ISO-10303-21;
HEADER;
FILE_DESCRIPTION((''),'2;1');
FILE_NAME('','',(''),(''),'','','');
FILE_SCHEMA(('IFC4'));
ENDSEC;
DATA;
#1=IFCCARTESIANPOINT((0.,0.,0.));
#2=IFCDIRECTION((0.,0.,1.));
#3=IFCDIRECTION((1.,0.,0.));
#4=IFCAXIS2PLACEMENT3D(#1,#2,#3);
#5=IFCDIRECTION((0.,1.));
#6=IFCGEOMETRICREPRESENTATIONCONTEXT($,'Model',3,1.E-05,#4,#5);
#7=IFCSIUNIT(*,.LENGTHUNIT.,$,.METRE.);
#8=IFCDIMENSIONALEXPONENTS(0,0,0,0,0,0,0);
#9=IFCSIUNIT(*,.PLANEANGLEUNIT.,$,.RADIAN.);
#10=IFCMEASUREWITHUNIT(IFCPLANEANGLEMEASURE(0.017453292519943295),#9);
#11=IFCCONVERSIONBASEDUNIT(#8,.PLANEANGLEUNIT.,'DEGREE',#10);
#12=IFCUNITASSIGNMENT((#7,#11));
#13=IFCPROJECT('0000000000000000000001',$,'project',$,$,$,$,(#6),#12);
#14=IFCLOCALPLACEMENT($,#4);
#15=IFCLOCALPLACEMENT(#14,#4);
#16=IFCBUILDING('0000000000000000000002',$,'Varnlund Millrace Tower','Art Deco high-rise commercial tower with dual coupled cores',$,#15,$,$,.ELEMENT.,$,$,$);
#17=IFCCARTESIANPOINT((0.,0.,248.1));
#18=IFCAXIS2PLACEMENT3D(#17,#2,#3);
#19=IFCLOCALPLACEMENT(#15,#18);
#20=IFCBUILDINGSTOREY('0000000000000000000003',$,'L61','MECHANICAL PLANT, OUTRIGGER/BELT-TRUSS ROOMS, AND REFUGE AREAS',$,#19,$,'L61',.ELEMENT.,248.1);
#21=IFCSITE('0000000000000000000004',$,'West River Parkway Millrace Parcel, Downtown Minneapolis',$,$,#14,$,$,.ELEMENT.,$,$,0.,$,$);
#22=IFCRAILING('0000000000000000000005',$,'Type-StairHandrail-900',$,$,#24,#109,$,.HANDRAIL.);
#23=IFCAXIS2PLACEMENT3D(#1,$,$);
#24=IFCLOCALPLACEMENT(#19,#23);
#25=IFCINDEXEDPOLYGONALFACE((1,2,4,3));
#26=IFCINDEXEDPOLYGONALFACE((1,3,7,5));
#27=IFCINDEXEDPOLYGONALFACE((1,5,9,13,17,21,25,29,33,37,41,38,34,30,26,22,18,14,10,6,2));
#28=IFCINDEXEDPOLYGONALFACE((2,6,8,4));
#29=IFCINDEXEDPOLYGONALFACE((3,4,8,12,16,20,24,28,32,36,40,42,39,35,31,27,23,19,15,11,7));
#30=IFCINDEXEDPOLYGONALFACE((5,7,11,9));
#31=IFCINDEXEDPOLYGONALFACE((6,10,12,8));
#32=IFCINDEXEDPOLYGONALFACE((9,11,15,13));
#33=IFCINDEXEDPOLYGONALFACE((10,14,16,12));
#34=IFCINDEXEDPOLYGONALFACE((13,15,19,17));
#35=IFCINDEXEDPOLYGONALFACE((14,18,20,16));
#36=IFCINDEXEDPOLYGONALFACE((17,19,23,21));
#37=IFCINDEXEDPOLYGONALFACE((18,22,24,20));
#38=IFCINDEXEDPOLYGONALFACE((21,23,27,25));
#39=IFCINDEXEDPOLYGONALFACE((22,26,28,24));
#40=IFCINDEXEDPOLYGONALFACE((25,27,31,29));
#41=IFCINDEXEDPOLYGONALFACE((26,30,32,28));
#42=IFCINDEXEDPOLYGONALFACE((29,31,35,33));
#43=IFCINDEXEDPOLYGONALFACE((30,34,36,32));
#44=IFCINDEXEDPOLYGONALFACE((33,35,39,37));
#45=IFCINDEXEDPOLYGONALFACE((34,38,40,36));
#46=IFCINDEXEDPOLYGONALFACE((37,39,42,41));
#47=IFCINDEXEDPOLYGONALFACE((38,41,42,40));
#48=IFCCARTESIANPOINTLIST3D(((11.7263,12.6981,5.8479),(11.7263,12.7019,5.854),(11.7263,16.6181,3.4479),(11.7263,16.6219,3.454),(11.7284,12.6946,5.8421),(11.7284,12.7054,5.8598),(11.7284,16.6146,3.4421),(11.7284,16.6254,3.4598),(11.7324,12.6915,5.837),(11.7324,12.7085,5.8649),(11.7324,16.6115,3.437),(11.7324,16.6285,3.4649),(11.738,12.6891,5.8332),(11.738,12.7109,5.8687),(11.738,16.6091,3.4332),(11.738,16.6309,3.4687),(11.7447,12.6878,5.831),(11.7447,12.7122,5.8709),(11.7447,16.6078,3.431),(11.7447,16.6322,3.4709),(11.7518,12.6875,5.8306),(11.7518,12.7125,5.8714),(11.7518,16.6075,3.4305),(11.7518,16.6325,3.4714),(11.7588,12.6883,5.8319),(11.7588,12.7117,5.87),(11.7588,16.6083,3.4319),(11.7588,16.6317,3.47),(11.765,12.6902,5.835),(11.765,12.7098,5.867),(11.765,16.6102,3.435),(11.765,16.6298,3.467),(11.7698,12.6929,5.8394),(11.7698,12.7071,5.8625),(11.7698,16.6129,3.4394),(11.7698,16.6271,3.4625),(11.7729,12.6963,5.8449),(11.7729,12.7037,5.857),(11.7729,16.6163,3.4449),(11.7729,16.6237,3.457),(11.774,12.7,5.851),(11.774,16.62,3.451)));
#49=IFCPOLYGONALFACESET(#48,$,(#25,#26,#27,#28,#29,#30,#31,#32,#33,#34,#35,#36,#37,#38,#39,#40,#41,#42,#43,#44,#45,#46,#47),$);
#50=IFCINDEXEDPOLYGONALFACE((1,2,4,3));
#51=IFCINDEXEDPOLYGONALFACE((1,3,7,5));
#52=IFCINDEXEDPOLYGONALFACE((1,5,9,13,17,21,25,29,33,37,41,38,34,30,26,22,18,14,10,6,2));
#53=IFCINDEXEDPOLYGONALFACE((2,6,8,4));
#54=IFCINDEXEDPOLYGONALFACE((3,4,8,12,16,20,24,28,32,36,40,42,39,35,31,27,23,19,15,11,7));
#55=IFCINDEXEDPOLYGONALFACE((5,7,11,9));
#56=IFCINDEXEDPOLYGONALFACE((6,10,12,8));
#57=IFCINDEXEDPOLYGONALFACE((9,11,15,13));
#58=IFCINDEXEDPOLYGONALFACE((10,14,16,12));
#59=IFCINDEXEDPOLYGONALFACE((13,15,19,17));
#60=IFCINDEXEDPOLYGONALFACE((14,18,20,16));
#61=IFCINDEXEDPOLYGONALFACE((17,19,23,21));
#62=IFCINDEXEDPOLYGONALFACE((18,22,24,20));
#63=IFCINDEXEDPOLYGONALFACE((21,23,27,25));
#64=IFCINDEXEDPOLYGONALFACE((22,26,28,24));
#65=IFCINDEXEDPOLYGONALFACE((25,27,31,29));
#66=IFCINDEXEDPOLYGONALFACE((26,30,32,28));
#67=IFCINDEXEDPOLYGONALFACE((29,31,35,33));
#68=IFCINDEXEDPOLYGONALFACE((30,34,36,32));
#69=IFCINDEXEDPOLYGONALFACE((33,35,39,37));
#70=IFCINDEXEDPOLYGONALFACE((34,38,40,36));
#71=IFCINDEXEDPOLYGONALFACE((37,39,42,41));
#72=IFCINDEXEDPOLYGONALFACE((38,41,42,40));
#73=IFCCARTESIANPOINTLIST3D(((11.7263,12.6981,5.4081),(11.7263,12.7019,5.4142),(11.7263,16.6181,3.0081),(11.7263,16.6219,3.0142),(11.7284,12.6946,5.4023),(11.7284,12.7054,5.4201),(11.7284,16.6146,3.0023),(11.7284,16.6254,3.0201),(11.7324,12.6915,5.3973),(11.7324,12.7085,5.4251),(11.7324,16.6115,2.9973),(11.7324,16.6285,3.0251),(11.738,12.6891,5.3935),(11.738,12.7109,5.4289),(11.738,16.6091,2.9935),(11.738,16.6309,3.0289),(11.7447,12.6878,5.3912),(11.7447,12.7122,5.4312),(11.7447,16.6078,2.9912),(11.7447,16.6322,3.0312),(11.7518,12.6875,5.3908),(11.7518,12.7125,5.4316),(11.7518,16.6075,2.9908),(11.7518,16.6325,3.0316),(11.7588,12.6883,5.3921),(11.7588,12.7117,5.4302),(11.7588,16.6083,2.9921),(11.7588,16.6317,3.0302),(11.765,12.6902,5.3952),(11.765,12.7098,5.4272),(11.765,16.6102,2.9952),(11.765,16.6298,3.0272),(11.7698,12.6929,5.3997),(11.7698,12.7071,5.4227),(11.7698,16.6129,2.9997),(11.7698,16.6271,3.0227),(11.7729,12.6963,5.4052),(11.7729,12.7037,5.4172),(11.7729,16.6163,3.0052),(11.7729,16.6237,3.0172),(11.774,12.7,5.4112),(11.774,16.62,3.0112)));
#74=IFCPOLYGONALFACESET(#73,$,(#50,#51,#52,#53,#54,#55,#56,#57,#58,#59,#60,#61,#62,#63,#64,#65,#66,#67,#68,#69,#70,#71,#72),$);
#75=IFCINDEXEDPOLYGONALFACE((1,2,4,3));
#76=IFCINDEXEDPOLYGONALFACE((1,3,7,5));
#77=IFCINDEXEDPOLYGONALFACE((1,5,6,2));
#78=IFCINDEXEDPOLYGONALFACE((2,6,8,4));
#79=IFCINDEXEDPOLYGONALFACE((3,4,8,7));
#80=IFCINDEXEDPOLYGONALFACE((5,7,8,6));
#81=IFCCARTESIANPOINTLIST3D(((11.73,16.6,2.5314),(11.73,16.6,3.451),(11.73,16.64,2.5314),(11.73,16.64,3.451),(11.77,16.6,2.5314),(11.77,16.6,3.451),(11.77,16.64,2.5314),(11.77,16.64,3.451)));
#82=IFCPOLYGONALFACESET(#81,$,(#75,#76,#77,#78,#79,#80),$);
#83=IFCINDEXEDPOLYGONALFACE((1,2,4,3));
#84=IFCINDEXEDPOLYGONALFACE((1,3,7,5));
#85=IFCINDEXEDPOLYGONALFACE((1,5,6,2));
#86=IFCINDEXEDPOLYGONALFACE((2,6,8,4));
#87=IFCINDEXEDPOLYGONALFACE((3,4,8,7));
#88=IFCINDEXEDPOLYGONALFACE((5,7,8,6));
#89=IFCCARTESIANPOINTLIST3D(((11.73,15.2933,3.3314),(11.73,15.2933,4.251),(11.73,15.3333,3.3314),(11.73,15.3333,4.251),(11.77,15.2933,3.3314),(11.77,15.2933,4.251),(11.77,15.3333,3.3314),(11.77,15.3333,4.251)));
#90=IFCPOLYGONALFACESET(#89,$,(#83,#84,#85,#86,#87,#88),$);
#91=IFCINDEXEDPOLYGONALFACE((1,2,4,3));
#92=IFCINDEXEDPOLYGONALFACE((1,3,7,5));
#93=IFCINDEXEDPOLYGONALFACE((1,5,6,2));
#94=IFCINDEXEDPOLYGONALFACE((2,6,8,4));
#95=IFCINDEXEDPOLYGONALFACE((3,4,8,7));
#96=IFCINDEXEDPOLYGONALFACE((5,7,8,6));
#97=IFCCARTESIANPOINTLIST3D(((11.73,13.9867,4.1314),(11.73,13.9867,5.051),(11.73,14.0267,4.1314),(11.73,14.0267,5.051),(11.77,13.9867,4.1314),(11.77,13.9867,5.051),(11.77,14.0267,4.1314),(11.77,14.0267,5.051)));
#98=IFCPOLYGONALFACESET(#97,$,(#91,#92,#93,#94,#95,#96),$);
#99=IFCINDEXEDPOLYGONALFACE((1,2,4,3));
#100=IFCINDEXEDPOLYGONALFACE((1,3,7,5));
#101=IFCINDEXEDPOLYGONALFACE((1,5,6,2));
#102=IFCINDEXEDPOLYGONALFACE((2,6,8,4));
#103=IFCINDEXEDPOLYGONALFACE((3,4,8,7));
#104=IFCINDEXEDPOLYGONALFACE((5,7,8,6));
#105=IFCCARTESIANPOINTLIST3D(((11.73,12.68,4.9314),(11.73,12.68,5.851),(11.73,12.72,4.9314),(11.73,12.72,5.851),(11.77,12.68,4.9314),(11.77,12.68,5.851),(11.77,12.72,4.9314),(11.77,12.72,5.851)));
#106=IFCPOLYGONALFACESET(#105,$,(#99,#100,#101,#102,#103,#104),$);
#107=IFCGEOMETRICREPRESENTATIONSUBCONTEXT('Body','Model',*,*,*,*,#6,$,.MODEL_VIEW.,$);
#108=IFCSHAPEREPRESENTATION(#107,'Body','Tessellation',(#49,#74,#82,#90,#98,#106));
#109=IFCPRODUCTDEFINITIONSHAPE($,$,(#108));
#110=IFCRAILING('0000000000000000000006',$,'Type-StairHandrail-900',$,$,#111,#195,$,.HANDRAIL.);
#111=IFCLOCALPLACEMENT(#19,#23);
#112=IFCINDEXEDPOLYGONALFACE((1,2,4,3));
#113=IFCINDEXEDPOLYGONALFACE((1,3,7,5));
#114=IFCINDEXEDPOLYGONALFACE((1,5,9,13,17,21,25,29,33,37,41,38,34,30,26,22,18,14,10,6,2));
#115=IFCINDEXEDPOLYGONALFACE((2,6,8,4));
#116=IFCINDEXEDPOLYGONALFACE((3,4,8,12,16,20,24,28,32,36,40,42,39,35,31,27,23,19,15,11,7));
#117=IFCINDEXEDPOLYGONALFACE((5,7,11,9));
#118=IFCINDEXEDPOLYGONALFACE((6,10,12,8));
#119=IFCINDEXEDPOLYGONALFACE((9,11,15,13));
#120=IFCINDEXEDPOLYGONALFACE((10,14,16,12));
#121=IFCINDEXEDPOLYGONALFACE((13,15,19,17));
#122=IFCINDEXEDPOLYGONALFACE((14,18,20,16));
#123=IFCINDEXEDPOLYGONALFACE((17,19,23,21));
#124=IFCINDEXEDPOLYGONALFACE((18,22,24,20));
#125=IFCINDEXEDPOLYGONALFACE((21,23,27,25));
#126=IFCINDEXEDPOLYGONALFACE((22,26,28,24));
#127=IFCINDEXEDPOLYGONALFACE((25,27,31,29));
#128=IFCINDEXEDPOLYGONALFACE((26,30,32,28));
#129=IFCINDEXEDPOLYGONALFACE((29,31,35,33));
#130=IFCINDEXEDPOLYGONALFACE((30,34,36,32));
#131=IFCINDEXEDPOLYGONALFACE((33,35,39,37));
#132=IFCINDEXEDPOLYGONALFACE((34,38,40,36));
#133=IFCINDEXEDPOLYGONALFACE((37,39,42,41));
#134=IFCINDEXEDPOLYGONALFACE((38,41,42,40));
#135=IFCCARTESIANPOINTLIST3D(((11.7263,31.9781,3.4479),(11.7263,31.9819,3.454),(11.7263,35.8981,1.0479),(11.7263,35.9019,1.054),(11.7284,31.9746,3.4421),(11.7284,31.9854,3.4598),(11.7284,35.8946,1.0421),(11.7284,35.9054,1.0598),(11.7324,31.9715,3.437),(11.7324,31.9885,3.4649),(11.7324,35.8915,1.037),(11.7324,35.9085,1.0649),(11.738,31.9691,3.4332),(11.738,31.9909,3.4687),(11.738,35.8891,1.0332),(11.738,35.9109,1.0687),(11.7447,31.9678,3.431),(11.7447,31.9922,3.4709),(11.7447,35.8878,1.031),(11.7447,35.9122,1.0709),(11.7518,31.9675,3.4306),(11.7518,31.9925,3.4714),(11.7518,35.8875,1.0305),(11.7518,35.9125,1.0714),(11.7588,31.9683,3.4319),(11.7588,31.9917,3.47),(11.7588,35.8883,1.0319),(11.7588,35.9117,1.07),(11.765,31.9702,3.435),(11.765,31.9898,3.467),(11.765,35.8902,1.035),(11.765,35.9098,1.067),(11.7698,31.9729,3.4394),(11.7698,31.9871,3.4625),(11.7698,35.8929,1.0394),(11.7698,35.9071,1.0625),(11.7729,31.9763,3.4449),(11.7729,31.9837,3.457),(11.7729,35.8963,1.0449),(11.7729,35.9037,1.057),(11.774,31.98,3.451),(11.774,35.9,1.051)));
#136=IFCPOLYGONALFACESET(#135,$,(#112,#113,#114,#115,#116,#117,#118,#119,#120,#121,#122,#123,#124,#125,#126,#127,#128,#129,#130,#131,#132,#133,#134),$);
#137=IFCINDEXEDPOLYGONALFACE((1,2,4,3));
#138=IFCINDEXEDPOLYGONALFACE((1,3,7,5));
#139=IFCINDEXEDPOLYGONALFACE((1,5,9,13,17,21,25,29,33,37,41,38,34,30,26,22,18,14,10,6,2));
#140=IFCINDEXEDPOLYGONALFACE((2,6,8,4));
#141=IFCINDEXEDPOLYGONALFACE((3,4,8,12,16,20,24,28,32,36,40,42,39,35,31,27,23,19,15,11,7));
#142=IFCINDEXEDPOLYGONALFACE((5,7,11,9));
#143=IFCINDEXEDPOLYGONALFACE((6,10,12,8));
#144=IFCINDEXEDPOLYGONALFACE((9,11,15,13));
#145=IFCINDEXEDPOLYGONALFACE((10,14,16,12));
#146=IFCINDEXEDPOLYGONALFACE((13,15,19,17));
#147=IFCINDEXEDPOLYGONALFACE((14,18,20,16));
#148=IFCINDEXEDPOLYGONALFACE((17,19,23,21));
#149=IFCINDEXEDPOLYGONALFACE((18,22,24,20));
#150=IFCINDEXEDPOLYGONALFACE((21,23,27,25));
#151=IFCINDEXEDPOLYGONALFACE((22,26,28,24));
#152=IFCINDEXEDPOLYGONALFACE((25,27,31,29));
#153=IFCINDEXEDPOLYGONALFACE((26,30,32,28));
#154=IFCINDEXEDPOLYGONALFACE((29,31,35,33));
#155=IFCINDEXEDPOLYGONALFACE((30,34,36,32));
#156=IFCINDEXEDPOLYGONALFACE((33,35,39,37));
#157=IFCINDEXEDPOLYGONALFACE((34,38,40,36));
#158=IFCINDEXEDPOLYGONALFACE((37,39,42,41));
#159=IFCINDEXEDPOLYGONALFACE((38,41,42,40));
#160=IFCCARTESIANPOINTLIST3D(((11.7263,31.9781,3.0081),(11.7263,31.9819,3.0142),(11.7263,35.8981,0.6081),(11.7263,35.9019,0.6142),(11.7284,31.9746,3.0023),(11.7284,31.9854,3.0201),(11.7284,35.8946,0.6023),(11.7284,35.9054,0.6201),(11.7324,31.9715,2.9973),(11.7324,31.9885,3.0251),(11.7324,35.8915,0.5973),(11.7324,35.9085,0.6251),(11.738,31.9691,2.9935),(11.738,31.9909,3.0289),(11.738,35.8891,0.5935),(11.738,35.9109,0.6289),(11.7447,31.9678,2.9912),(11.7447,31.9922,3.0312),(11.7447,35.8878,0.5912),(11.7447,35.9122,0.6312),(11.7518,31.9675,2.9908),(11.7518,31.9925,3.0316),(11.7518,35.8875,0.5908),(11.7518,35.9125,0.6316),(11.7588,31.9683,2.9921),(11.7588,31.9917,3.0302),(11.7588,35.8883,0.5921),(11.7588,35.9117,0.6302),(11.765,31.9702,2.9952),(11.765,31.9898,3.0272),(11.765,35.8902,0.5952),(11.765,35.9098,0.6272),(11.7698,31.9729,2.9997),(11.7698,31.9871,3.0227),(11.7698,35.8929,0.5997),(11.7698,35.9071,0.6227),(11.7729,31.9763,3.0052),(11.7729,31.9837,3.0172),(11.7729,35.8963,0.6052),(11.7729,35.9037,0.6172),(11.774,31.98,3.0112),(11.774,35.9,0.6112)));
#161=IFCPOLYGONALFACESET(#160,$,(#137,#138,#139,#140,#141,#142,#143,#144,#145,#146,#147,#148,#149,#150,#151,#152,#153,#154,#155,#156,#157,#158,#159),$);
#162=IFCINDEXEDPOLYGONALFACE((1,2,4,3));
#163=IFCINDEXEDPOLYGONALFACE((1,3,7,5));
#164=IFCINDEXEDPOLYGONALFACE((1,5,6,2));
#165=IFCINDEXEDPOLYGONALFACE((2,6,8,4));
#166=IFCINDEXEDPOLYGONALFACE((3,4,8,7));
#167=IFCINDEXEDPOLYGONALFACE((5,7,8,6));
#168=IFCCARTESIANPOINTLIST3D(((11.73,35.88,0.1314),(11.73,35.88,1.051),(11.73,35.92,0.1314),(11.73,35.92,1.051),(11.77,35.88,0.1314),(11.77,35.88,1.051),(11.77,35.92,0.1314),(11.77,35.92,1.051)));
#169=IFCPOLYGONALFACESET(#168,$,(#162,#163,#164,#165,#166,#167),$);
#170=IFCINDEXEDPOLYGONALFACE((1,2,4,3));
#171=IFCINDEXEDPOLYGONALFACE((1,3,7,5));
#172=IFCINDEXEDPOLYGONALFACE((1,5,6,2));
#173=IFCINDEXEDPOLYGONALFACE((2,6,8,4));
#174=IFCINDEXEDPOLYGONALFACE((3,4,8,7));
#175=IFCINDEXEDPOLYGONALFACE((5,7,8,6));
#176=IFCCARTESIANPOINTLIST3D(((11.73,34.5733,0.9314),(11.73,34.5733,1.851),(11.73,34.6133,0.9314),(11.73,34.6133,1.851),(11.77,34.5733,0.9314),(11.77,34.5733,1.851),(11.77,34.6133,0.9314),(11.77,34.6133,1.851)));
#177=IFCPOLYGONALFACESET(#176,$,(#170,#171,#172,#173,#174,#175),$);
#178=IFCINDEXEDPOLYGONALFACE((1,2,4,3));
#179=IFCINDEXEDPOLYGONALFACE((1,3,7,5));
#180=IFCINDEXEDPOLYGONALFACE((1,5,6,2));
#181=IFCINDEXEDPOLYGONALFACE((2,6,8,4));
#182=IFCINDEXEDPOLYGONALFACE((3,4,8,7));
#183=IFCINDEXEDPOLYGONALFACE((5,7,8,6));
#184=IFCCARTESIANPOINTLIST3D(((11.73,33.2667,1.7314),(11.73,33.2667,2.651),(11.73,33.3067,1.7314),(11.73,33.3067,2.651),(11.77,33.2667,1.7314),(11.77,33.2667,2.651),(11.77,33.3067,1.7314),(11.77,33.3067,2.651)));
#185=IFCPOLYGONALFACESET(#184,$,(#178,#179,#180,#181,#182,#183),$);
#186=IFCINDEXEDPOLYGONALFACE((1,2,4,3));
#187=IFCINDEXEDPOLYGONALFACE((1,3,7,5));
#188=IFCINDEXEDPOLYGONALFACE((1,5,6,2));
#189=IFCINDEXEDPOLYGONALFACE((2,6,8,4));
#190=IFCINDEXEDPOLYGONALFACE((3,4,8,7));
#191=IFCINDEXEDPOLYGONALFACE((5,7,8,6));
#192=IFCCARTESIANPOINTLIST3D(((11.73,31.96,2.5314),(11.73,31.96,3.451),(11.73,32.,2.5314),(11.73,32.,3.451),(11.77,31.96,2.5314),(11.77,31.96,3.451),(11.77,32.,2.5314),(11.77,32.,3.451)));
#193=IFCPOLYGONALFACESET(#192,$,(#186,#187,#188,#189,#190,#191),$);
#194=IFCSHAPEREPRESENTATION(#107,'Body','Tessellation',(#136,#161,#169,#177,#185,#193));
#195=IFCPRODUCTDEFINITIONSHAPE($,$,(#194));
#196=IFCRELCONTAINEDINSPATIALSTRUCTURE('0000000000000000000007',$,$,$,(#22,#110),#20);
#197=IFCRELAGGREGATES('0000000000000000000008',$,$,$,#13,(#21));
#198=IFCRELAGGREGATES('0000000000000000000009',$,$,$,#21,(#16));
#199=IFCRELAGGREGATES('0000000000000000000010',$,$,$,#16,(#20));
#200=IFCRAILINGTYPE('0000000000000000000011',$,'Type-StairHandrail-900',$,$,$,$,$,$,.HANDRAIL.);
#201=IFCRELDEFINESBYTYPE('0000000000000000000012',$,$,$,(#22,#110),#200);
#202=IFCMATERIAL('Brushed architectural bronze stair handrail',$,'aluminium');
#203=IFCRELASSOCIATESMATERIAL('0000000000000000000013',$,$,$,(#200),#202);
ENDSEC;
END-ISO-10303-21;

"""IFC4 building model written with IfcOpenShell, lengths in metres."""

from ifc_helpers import new_model, entity, si_unit, converted_unit, direction, frame, origin_with_axes, origin_2d_with_axis, place, context, subcontext, project, spatial, rectangle, circle, extrude, material, type_object, element, save


model = new_model("IFC4")

# Units and contexts
model_context = context("Model", 3, precision=1e-05, world=origin_with_axes(), true_north=direction((0.0, 1.0)))
body_context = subcontext(model_context, "Body", "Model", "MODEL_VIEW")
ifc_project = project(units=[si_unit("LENGTHUNIT", "METRE"), converted_unit("PLANEANGLEUNIT", "DEGREE", entity("IfcPlaneAngleMeasure", 0.017453292519943295), si_unit("PLANEANGLEUNIT", "RADIAN"), dimensions=[0, 0, 0, 0, 0, 0, 0])], contexts=[model_context])

# Site, building, storey
site_placement = place(None, origin_with_axes())
site = spatial("IfcSite", under=ifc_project, at=site_placement, Name="West River Parkway Millrace Parcel, Downtown Minneapolis", CompositionType="ELEMENT", RefElevation=0.0)
building_placement = place(site_placement, origin_with_axes())
building = spatial("IfcBuilding", under=site, at=building_placement, Name="Varnlund Millrace Tower", Description="Art Deco high-rise commercial tower with dual coupled cores", CompositionType="ELEMENT")
storey_placement = place(building_placement, frame((0.0, 0.0, 248.1), z_axis=(0.0, 0.0, 1.0), x_axis=(1.0, 0.0, 0.0)))
storey = spatial("IfcBuildingStorey", under=building, at=storey_placement, Name="L61", Description="MECHANICAL PLANT, OUTRIGGER/BELT-TRUSS ROOMS, AND REFUGE AREAS", LongName="L61", CompositionType="ELEMENT", Elevation=248.1)

# Railings
ifc_material_1 = material(Name="Brushed architectural bronze stair handrail", Category="aluminium")
railing_type_1 = type_object("IfcRailingType", Name="Type-StairHandrail-900", PredefinedType="HANDRAIL", material=ifc_material_1)
railing_1_placement = place(storey_placement, frame((0.0, 0.0, -248.1), z_axis=(0.0, 0.0, 1.0), x_axis=(1.0, 0.0, 0.0)))
element("IfcRailing", 1, at=railing_1_placement, inside=storey, type_object=railing_type_1, Name="Type-StairHandrail-900", PredefinedType="HANDRAIL", context=body_context, shape_type="SweptSolid", body=[
    extrude(circle(Radius=0.024, at=origin_2d_with_axis()), frame((11.75, 16.62, 251.551), z_axis=(0.0, -0.852851, 0.522154), x_axis=(1.0, 0.0, 0.0)), (0.0, 0.0, 1.0), 4.5963),
    extrude(circle(Radius=0.024, at=origin_2d_with_axis()), frame((11.75, 16.62, 251.1112), z_axis=(0.0, -0.852851, 0.522154), x_axis=(1.0, 0.0, 0.0)), (0.0, 0.0, 1.0), 4.5963),
    extrude(rectangle(XDim=0.04, YDim=0.04, at=origin_2d_with_axis()), frame((11.75, 16.62, 250.6314), z_axis=(0.0, 0.0, 1.0), x_axis=(1.0, 0.0, 0.0)), (0.0, 0.0, 1.0), 0.9195),
    extrude(rectangle(XDim=0.04, YDim=0.04, at=origin_2d_with_axis()), frame((11.75, 15.3133, 251.4314), z_axis=(0.0, 0.0, 1.0), x_axis=(1.0, 0.0, 0.0)), (0.0, 0.0, 1.0), 0.9195),
    extrude(rectangle(XDim=0.04, YDim=0.04, at=origin_2d_with_axis()), frame((11.75, 14.0067, 252.2314), z_axis=(0.0, 0.0, 1.0), x_axis=(1.0, 0.0, 0.0)), (0.0, 0.0, 1.0), 0.9195),
    extrude(rectangle(XDim=0.04, YDim=0.04, at=origin_2d_with_axis()), frame((11.75, 12.7, 253.0314), z_axis=(0.0, 0.0, 1.0), x_axis=(1.0, 0.0, 0.0)), (0.0, 0.0, 1.0), 0.9195),
])
railing_2_placement = place(storey_placement, frame((0.0, 0.0, -248.1), z_axis=(0.0, 0.0, 1.0), x_axis=(1.0, 0.0, 0.0)))
element("IfcRailing", 2, at=railing_2_placement, inside=storey, type_object=railing_type_1, Name="Type-StairHandrail-900", PredefinedType="HANDRAIL", context=body_context, shape_type="SweptSolid", body=[
    extrude(circle(Radius=0.024, at=origin_2d_with_axis()), frame((11.75, 35.9, 249.151), z_axis=(0.0, -0.852851, 0.522154), x_axis=(1.0, 0.0, 0.0)), (0.0, 0.0, 1.0), 4.5963),
    extrude(circle(Radius=0.024, at=origin_2d_with_axis()), frame((11.75, 35.9, 248.7112), z_axis=(0.0, -0.852851, 0.522154), x_axis=(1.0, 0.0, 0.0)), (0.0, 0.0, 1.0), 4.5963),
    extrude(rectangle(XDim=0.04, YDim=0.04, at=origin_2d_with_axis()), frame((11.75, 35.9, 248.2314), z_axis=(0.0, 0.0, 1.0), x_axis=(1.0, 0.0, 0.0)), (0.0, 0.0, 1.0), 0.9195),
    extrude(rectangle(XDim=0.04, YDim=0.04, at=origin_2d_with_axis()), frame((11.75, 34.5933, 249.0314), z_axis=(0.0, 0.0, 1.0), x_axis=(1.0, 0.0, 0.0)), (0.0, 0.0, 1.0), 0.9195),
    extrude(rectangle(XDim=0.04, YDim=0.04, at=origin_2d_with_axis()), frame((11.75, 33.2867, 249.8314), z_axis=(0.0, 0.0, 1.0), x_axis=(1.0, 0.0, 0.0)), (0.0, 0.0, 1.0), 0.9195),
    extrude(rectangle(XDim=0.04, YDim=0.04, at=origin_2d_with_axis()), frame((11.75, 31.98, 250.6314), z_axis=(0.0, 0.0, 1.0), x_axis=(1.0, 0.0, 0.0)), (0.0, 0.0, 1.0), 0.9195),
])

save(model, "model.ifc")
